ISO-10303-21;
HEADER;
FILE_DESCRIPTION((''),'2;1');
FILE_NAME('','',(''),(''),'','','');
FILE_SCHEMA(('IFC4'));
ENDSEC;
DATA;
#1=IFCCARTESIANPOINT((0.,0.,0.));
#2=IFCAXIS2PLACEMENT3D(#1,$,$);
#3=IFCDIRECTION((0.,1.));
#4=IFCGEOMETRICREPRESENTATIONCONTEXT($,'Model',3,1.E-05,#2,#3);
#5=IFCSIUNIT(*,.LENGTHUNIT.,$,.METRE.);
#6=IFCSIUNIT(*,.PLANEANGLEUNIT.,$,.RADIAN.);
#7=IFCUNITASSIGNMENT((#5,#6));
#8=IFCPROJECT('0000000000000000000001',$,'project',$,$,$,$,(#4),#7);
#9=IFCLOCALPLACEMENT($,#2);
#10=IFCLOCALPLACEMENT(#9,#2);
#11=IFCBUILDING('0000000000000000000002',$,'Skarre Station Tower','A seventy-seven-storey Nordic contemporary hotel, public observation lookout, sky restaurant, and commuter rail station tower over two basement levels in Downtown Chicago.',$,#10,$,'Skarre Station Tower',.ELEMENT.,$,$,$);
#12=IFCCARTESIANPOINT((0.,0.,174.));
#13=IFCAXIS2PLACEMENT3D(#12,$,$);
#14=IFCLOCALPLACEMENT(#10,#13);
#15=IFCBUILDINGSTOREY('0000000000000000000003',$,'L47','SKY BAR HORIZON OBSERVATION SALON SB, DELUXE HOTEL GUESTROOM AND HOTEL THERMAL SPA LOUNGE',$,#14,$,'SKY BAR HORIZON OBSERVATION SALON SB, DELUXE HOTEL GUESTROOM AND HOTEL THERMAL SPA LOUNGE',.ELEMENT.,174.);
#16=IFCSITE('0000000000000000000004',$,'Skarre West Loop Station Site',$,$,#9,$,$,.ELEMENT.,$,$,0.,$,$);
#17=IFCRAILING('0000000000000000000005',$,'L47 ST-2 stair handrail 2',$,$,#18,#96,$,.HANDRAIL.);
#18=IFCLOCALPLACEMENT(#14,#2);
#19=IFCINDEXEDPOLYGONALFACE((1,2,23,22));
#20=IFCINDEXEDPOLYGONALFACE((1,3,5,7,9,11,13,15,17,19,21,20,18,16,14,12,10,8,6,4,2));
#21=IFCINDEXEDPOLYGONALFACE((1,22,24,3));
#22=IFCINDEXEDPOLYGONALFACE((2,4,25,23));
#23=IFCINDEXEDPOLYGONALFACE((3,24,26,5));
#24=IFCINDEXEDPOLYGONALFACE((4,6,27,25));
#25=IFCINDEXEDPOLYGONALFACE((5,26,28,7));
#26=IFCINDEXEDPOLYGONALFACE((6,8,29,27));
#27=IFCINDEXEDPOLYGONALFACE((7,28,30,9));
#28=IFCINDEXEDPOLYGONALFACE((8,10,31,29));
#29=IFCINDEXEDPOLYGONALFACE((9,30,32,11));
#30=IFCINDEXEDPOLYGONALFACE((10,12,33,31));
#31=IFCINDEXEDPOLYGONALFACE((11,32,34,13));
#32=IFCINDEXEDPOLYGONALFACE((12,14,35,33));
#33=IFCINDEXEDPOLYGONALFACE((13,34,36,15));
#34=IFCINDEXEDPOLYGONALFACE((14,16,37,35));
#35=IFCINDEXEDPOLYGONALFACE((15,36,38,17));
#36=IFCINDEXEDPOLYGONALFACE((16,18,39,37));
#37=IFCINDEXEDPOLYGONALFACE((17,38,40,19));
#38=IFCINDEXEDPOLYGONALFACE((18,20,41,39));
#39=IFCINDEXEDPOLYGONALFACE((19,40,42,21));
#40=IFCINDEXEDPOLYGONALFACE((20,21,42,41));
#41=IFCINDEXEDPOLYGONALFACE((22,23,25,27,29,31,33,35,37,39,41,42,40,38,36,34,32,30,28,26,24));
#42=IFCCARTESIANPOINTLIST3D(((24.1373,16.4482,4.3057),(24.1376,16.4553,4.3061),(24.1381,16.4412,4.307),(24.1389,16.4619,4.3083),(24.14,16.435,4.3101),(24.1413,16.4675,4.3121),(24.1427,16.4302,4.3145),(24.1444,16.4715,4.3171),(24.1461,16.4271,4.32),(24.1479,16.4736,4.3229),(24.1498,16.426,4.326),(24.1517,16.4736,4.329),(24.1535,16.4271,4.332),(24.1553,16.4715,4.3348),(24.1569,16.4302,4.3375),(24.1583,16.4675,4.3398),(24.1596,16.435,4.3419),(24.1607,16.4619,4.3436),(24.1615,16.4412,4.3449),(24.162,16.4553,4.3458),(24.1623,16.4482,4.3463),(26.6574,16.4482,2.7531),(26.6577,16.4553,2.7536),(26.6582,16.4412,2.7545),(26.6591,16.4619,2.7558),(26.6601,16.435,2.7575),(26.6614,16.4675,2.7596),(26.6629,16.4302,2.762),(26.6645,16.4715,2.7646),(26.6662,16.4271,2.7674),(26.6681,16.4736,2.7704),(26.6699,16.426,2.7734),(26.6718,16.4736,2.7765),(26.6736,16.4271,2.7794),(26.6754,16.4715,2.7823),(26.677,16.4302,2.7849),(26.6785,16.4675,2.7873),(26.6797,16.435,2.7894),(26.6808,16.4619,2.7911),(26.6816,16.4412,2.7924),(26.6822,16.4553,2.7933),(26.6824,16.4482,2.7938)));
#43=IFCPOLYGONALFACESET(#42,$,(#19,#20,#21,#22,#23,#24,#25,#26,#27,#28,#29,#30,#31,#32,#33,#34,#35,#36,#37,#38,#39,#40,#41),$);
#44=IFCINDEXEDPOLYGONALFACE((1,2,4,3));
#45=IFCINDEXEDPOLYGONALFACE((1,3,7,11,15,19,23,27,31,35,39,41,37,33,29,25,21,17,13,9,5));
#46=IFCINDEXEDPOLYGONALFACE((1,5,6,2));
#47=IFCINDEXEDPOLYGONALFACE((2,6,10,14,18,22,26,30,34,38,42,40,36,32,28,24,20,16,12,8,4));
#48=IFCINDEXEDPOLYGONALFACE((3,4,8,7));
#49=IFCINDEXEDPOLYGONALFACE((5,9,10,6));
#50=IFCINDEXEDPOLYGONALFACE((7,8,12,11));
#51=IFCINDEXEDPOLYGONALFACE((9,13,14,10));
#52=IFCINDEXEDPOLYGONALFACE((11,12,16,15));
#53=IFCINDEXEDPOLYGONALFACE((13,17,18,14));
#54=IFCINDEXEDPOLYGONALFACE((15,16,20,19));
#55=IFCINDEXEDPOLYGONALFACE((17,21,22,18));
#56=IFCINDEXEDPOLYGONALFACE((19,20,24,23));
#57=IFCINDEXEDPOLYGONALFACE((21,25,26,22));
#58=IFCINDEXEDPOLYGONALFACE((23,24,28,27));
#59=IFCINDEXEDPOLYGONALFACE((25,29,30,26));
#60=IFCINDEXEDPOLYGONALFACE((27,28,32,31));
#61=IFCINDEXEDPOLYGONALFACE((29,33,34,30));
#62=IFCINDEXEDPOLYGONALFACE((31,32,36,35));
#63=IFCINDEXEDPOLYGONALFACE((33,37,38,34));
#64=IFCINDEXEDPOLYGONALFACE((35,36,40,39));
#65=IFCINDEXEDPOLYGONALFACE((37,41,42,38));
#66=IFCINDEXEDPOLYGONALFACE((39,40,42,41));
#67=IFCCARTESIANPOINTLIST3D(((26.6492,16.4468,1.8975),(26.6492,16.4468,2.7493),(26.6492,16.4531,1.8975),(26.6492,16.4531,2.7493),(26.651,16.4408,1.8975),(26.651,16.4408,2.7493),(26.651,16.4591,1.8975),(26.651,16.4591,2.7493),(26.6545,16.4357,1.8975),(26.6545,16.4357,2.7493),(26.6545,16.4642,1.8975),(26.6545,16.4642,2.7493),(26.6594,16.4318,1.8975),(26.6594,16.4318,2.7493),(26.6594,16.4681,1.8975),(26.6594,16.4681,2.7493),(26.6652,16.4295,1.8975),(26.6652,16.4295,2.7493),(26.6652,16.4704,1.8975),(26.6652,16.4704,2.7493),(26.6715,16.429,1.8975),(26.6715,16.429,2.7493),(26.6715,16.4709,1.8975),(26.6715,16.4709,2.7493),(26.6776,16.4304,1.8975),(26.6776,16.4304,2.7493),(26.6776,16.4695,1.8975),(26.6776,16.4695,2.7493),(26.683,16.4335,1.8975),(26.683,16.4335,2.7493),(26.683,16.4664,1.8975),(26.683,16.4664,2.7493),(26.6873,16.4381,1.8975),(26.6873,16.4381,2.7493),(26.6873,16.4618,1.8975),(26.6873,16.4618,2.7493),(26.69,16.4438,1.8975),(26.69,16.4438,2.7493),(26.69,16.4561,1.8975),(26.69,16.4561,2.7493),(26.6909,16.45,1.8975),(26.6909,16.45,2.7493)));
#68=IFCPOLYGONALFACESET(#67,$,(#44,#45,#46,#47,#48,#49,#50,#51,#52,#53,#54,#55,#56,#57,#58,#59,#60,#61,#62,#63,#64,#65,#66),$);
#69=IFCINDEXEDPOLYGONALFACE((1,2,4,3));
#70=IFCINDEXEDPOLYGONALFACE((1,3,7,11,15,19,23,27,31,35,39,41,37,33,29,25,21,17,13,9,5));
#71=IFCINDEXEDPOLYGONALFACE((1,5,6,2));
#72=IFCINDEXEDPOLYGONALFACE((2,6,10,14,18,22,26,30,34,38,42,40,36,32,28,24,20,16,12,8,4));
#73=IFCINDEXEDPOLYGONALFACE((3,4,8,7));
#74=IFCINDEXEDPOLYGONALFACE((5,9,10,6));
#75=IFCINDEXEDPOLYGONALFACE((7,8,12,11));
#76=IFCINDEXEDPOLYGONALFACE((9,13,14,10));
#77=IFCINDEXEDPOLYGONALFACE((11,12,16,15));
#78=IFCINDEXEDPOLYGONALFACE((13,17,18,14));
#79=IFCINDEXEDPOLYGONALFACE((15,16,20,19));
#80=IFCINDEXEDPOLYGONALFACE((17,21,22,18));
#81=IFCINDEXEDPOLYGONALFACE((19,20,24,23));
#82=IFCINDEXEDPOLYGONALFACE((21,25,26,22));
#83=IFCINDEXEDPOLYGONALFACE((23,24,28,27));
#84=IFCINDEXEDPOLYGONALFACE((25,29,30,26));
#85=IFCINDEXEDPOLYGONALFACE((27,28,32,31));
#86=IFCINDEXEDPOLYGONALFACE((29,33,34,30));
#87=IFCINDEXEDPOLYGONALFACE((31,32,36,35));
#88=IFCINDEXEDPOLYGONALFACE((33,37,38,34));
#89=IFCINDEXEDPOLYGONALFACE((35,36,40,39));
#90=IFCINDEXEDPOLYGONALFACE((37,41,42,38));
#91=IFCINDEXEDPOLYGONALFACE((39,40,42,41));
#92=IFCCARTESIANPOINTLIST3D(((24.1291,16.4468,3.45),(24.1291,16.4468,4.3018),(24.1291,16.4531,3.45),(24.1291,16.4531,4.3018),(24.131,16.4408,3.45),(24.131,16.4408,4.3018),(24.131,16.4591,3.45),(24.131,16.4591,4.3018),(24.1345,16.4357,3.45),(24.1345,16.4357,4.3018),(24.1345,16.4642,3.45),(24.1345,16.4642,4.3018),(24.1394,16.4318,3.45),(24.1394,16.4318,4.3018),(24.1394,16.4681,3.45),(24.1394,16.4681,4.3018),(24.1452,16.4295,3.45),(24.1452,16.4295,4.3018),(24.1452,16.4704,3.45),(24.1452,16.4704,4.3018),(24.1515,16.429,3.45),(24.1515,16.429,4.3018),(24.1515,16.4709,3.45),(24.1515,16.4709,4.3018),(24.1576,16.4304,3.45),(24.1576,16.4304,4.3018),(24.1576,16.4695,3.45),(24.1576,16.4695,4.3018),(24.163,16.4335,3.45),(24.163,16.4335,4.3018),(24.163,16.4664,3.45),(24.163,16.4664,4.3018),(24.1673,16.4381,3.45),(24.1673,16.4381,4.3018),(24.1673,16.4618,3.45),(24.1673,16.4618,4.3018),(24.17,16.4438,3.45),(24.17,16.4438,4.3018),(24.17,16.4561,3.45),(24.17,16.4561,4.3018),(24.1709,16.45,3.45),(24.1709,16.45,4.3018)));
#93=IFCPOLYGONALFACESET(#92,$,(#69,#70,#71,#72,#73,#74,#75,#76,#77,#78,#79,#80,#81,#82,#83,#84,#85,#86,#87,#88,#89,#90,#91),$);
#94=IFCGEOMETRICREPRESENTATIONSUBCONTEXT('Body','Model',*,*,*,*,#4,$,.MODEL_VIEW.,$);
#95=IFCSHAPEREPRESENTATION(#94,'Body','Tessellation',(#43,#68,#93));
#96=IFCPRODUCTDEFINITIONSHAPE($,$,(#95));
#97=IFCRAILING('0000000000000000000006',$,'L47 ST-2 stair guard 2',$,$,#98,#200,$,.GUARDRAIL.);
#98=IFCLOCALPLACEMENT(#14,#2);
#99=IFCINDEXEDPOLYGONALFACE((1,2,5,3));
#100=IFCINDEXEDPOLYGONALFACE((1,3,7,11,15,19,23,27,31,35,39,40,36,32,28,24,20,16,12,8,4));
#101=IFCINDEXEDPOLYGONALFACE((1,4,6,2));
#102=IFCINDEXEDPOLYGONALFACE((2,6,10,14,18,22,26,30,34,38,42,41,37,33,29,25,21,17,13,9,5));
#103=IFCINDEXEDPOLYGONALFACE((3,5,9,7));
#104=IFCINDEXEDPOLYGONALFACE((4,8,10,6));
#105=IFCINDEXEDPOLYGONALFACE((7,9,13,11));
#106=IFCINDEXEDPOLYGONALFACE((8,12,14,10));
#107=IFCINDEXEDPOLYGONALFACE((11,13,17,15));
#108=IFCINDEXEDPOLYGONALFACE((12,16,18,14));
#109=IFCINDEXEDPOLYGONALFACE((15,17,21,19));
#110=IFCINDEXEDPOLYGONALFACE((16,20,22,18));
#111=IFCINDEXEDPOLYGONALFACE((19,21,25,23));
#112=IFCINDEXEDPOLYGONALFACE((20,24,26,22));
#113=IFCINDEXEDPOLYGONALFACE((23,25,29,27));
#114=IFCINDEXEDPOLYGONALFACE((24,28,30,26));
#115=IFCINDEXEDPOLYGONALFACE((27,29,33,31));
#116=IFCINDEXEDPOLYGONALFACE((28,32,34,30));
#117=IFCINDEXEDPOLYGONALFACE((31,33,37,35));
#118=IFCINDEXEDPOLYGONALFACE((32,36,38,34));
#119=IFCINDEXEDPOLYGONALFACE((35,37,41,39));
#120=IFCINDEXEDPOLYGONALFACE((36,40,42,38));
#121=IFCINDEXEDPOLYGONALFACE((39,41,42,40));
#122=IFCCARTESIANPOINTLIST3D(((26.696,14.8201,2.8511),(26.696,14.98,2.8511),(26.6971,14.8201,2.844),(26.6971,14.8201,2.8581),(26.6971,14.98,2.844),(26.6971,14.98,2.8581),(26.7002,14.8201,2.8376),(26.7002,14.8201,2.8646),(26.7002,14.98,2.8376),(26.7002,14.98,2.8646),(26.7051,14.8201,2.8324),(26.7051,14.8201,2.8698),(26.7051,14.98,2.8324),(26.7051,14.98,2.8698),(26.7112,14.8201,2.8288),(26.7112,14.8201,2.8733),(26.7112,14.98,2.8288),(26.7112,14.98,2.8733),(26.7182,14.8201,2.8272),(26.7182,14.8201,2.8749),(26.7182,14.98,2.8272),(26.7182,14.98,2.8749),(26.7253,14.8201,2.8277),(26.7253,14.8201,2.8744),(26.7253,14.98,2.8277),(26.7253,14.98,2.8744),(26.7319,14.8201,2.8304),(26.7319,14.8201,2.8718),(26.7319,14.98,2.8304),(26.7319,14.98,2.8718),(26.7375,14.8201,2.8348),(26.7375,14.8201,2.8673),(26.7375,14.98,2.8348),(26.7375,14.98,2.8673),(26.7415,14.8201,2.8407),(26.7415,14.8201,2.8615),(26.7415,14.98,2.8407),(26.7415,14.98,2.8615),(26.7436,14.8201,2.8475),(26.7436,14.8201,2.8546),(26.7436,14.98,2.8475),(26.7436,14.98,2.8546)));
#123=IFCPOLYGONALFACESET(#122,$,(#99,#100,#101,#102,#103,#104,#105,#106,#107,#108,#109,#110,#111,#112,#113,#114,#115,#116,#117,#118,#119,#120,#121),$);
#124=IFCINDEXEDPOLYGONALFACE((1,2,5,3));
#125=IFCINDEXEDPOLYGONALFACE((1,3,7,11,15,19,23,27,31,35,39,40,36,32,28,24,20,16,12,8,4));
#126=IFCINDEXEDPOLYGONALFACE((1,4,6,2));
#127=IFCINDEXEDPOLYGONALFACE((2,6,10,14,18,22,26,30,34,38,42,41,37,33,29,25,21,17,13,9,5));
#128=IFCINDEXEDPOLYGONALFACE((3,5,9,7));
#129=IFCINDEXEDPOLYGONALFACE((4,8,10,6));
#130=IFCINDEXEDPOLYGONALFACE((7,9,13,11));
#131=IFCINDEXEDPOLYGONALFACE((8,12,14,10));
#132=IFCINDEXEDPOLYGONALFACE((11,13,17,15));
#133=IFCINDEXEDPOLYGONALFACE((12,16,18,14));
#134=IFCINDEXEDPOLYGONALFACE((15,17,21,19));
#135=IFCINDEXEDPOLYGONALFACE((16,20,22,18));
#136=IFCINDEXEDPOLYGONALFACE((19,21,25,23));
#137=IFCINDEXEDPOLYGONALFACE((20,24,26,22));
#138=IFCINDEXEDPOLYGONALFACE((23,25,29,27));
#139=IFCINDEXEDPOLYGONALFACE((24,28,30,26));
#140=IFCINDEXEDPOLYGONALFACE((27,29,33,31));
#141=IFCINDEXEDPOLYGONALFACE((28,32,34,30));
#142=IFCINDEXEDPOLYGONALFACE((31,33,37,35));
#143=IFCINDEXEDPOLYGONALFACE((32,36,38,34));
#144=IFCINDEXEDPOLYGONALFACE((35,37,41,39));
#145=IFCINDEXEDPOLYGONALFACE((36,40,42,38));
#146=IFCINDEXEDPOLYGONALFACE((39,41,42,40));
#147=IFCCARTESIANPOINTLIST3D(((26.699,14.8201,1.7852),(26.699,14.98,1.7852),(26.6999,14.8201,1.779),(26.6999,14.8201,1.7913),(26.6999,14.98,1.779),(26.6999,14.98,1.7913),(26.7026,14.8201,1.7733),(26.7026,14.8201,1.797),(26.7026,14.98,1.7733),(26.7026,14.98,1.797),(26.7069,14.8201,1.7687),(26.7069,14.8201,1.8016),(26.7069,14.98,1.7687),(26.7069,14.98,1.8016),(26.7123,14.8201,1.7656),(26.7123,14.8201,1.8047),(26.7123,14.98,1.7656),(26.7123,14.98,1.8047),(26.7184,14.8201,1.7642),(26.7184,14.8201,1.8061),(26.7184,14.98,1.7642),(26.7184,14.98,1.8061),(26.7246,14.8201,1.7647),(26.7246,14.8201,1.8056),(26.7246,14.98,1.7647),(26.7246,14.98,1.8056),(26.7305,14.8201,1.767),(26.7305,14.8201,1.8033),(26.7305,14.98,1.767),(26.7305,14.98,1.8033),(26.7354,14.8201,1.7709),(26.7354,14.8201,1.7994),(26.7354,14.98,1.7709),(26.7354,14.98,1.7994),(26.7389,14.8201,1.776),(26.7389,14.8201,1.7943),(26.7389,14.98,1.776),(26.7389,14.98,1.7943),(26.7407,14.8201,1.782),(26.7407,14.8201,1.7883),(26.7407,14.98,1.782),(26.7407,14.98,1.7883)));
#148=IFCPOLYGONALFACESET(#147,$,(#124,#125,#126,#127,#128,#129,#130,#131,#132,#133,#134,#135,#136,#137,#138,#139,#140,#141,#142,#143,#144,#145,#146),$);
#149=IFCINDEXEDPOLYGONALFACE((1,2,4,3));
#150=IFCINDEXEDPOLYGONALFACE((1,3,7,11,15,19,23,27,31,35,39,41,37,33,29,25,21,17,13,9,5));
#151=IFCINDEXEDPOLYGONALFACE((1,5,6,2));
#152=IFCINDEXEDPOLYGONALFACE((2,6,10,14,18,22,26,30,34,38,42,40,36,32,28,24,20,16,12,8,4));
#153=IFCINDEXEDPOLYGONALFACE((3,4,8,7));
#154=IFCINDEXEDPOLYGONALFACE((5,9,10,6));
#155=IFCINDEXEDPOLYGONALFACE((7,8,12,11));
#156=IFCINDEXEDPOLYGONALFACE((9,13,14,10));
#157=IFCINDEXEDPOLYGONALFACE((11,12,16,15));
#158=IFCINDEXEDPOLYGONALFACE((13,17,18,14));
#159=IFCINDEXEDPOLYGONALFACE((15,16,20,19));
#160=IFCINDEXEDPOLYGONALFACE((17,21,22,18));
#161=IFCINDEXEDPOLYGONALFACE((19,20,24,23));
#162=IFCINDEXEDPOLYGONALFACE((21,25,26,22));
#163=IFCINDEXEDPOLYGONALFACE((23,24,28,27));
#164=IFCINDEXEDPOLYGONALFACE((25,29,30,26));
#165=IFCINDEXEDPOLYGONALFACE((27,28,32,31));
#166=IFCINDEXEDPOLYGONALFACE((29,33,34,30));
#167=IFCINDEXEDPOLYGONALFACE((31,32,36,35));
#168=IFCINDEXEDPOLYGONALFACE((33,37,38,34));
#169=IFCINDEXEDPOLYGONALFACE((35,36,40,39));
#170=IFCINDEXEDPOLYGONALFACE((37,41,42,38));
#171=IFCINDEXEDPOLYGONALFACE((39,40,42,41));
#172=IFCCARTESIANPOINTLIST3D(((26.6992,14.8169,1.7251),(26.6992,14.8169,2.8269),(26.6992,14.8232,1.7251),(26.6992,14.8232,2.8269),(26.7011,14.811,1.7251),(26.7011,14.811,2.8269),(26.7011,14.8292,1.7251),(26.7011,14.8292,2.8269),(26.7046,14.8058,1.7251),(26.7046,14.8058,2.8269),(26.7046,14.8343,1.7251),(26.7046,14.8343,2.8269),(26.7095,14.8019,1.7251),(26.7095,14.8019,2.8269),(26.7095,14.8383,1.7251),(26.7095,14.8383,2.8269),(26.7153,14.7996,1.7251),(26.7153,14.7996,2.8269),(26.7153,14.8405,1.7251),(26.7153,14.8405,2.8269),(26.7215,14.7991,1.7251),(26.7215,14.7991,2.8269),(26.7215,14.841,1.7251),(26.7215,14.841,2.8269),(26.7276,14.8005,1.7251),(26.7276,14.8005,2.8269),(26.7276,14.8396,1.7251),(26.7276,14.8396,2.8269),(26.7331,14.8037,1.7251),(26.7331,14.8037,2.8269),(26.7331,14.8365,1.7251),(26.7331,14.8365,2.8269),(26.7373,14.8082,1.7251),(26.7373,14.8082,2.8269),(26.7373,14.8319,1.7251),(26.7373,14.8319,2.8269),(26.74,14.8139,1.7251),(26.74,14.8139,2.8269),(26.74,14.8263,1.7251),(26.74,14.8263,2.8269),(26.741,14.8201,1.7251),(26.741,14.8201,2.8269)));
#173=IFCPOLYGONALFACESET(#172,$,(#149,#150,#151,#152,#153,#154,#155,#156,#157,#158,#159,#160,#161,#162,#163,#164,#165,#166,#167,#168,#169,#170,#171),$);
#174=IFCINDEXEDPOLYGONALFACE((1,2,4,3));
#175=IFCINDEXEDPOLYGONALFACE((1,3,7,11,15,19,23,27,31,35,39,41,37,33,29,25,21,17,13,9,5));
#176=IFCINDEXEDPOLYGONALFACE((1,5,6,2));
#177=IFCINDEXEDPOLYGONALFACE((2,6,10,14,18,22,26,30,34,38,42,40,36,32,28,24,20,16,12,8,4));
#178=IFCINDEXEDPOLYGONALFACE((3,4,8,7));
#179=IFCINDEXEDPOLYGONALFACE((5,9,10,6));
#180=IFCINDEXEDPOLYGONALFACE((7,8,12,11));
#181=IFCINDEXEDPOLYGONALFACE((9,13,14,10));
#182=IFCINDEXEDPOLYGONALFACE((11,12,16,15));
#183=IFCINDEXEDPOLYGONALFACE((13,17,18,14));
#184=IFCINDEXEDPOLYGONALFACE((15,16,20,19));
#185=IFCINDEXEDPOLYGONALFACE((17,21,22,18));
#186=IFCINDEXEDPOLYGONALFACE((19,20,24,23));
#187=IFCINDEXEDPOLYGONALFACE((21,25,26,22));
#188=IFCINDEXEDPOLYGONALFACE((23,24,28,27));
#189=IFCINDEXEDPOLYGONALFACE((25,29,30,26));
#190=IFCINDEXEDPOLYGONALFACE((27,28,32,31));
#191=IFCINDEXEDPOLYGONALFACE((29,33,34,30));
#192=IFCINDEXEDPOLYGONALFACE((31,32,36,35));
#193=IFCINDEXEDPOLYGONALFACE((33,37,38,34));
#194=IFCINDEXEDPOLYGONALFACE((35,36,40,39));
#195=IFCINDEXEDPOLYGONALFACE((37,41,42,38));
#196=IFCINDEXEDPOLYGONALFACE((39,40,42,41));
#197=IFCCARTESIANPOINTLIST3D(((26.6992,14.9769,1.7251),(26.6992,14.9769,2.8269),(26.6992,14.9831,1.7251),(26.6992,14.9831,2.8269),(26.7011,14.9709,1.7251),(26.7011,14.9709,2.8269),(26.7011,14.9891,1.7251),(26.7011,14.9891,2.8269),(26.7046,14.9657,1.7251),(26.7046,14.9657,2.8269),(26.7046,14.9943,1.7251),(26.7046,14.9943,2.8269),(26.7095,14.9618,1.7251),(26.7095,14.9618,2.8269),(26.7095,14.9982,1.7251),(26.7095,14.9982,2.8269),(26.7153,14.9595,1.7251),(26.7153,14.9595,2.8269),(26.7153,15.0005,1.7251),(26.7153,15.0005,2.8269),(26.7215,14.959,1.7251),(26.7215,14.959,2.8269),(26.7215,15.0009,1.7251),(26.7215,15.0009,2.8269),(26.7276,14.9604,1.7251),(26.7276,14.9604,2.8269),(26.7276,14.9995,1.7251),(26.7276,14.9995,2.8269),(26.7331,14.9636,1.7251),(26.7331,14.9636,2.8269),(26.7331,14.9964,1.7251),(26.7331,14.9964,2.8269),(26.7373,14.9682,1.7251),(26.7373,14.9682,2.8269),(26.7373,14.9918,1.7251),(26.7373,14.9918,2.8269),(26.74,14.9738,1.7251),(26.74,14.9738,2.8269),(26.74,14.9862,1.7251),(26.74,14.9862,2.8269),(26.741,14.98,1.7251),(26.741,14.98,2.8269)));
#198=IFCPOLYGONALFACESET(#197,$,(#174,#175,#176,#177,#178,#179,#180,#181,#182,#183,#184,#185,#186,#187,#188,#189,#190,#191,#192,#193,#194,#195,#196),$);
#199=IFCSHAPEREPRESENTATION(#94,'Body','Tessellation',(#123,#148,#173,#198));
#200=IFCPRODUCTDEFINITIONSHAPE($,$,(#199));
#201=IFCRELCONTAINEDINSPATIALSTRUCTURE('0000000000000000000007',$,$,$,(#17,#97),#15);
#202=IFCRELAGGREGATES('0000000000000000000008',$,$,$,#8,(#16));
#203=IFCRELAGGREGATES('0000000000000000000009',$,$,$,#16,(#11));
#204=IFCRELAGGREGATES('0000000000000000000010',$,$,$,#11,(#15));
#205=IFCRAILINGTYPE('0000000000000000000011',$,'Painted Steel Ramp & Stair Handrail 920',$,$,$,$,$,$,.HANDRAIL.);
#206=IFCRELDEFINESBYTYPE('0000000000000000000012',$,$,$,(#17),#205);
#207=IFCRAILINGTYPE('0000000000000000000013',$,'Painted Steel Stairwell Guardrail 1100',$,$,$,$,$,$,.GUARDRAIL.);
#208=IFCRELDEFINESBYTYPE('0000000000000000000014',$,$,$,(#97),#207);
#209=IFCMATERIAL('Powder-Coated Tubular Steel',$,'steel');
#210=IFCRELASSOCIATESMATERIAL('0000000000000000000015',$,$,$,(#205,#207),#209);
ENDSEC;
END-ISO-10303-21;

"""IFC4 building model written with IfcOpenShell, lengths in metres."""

from ifc_helpers import new_model, si_unit, direction, frame, origin, origin_2d, place, context, subcontext, project, spatial, circle, extrude, material, type_object, element, save


model = new_model("IFC4")

# Units and contexts
model_context = context("Model", 3, precision=1e-05, world=origin(), true_north=direction((0.0, 1.0)))
body_context = subcontext(model_context, "Body", "Model", "MODEL_VIEW")
ifc_project = project(units=[si_unit("LENGTHUNIT", "METRE"), si_unit("PLANEANGLEUNIT", "RADIAN")], contexts=[model_context])

# Site, building, storey
site_placement = place(None, origin())
site = spatial("IfcSite", under=ifc_project, at=site_placement, Name="Skarre West Loop Station Site", CompositionType="ELEMENT", RefElevation=0.0)
building_placement = place(site_placement, origin())
building = spatial("IfcBuilding", under=site, at=building_placement, Name="Skarre Station Tower", Description="A seventy-seven-storey Nordic contemporary hotel, public observation lookout, sky restaurant, and commuter rail station tower over two basement levels in Downtown Chicago.", LongName="Skarre Station Tower", CompositionType="ELEMENT")
storey_placement = place(building_placement, frame((0.0, 0.0, 174.0)))
storey = spatial("IfcBuildingStorey", under=building, at=storey_placement, Name="L47", Description="SKY BAR HORIZON OBSERVATION SALON SB, DELUXE HOTEL GUESTROOM AND HOTEL THERMAL SPA LOUNGE", LongName="SKY BAR HORIZON OBSERVATION SALON SB, DELUXE HOTEL GUESTROOM AND HOTEL THERMAL SPA LOUNGE", CompositionType="ELEMENT", Elevation=174.0)

# Railings
ifc_material_1 = material(Name="Powder-Coated Tubular Steel", Category="steel")
railing_type_1 = type_object("IfcRailingType", Name="Painted Steel Ramp & Stair Handrail 920", PredefinedType="HANDRAIL", material=ifc_material_1)
railing_1_placement = place(storey_placement, frame((26.6699, 16.45, 1.8975)))
element("IfcRailing", 1, at=railing_1_placement, inside=storey, type_object=railing_type_1, Name="L47 ST-2 stair handrail 2", PredefinedType="HANDRAIL", context=body_context, shape_type="SweptSolid", body=[
    extrude(circle(Radius=0.0239, at=origin_2d()), frame((0.0, 0.0, 0.876), z_axis=(-0.8514, 0.0, 0.524516), x_axis=(0.0, -1.0, 0.0)), (0.0, 0.0, 1.0), 2.96),
    extrude(circle(Radius=0.021, at=origin_2d()), origin(), (0.0, 0.0, 1.0), 0.8518),
    extrude(circle(Radius=0.021, at=origin_2d()), frame((-2.52, 0.0, 1.5525)), (0.0, 0.0, 1.0), 0.8518),
])
railing_type_2 = type_object("IfcRailingType", Name="Painted Steel Stairwell Guardrail 1100", PredefinedType="GUARDRAIL", material=ifc_material_1)
railing_2_placement = place(storey_placement, frame((26.72, 14.8201, 1.7251)))
element("IfcRailing", 2, at=railing_2_placement, inside=storey, type_object=railing_type_2, Name="L47 ST-2 stair guard 2", PredefinedType="GUARDRAIL", context=body_context, shape_type="SweptSolid", body=[
    extrude(circle(Radius=0.0239, at=origin_2d()), frame((0.0, 0.0, 1.126), z_axis=(0.0, 1.0, 0.0), x_axis=(-1.0, 0.0, 0.0)), (0.0, 0.0, 1.0), 0.1599),
    extrude(circle(Radius=0.021, at=origin_2d()), frame((0.0, 0.0, 0.0601), z_axis=(0.0, 1.0, 0.0), x_axis=(-1.0, 0.0, 0.0)), (0.0, 0.0, 1.0), 0.1599),
    extrude(circle(Radius=0.021, at=origin_2d()), origin(), (0.0, 0.0, 1.0), 1.1018),
    extrude(circle(Radius=0.021, at=origin_2d()), frame((0.0, 0.1599, 0.0)), (0.0, 0.0, 1.0), 1.1018),
])

save(model, "model.ifc")
